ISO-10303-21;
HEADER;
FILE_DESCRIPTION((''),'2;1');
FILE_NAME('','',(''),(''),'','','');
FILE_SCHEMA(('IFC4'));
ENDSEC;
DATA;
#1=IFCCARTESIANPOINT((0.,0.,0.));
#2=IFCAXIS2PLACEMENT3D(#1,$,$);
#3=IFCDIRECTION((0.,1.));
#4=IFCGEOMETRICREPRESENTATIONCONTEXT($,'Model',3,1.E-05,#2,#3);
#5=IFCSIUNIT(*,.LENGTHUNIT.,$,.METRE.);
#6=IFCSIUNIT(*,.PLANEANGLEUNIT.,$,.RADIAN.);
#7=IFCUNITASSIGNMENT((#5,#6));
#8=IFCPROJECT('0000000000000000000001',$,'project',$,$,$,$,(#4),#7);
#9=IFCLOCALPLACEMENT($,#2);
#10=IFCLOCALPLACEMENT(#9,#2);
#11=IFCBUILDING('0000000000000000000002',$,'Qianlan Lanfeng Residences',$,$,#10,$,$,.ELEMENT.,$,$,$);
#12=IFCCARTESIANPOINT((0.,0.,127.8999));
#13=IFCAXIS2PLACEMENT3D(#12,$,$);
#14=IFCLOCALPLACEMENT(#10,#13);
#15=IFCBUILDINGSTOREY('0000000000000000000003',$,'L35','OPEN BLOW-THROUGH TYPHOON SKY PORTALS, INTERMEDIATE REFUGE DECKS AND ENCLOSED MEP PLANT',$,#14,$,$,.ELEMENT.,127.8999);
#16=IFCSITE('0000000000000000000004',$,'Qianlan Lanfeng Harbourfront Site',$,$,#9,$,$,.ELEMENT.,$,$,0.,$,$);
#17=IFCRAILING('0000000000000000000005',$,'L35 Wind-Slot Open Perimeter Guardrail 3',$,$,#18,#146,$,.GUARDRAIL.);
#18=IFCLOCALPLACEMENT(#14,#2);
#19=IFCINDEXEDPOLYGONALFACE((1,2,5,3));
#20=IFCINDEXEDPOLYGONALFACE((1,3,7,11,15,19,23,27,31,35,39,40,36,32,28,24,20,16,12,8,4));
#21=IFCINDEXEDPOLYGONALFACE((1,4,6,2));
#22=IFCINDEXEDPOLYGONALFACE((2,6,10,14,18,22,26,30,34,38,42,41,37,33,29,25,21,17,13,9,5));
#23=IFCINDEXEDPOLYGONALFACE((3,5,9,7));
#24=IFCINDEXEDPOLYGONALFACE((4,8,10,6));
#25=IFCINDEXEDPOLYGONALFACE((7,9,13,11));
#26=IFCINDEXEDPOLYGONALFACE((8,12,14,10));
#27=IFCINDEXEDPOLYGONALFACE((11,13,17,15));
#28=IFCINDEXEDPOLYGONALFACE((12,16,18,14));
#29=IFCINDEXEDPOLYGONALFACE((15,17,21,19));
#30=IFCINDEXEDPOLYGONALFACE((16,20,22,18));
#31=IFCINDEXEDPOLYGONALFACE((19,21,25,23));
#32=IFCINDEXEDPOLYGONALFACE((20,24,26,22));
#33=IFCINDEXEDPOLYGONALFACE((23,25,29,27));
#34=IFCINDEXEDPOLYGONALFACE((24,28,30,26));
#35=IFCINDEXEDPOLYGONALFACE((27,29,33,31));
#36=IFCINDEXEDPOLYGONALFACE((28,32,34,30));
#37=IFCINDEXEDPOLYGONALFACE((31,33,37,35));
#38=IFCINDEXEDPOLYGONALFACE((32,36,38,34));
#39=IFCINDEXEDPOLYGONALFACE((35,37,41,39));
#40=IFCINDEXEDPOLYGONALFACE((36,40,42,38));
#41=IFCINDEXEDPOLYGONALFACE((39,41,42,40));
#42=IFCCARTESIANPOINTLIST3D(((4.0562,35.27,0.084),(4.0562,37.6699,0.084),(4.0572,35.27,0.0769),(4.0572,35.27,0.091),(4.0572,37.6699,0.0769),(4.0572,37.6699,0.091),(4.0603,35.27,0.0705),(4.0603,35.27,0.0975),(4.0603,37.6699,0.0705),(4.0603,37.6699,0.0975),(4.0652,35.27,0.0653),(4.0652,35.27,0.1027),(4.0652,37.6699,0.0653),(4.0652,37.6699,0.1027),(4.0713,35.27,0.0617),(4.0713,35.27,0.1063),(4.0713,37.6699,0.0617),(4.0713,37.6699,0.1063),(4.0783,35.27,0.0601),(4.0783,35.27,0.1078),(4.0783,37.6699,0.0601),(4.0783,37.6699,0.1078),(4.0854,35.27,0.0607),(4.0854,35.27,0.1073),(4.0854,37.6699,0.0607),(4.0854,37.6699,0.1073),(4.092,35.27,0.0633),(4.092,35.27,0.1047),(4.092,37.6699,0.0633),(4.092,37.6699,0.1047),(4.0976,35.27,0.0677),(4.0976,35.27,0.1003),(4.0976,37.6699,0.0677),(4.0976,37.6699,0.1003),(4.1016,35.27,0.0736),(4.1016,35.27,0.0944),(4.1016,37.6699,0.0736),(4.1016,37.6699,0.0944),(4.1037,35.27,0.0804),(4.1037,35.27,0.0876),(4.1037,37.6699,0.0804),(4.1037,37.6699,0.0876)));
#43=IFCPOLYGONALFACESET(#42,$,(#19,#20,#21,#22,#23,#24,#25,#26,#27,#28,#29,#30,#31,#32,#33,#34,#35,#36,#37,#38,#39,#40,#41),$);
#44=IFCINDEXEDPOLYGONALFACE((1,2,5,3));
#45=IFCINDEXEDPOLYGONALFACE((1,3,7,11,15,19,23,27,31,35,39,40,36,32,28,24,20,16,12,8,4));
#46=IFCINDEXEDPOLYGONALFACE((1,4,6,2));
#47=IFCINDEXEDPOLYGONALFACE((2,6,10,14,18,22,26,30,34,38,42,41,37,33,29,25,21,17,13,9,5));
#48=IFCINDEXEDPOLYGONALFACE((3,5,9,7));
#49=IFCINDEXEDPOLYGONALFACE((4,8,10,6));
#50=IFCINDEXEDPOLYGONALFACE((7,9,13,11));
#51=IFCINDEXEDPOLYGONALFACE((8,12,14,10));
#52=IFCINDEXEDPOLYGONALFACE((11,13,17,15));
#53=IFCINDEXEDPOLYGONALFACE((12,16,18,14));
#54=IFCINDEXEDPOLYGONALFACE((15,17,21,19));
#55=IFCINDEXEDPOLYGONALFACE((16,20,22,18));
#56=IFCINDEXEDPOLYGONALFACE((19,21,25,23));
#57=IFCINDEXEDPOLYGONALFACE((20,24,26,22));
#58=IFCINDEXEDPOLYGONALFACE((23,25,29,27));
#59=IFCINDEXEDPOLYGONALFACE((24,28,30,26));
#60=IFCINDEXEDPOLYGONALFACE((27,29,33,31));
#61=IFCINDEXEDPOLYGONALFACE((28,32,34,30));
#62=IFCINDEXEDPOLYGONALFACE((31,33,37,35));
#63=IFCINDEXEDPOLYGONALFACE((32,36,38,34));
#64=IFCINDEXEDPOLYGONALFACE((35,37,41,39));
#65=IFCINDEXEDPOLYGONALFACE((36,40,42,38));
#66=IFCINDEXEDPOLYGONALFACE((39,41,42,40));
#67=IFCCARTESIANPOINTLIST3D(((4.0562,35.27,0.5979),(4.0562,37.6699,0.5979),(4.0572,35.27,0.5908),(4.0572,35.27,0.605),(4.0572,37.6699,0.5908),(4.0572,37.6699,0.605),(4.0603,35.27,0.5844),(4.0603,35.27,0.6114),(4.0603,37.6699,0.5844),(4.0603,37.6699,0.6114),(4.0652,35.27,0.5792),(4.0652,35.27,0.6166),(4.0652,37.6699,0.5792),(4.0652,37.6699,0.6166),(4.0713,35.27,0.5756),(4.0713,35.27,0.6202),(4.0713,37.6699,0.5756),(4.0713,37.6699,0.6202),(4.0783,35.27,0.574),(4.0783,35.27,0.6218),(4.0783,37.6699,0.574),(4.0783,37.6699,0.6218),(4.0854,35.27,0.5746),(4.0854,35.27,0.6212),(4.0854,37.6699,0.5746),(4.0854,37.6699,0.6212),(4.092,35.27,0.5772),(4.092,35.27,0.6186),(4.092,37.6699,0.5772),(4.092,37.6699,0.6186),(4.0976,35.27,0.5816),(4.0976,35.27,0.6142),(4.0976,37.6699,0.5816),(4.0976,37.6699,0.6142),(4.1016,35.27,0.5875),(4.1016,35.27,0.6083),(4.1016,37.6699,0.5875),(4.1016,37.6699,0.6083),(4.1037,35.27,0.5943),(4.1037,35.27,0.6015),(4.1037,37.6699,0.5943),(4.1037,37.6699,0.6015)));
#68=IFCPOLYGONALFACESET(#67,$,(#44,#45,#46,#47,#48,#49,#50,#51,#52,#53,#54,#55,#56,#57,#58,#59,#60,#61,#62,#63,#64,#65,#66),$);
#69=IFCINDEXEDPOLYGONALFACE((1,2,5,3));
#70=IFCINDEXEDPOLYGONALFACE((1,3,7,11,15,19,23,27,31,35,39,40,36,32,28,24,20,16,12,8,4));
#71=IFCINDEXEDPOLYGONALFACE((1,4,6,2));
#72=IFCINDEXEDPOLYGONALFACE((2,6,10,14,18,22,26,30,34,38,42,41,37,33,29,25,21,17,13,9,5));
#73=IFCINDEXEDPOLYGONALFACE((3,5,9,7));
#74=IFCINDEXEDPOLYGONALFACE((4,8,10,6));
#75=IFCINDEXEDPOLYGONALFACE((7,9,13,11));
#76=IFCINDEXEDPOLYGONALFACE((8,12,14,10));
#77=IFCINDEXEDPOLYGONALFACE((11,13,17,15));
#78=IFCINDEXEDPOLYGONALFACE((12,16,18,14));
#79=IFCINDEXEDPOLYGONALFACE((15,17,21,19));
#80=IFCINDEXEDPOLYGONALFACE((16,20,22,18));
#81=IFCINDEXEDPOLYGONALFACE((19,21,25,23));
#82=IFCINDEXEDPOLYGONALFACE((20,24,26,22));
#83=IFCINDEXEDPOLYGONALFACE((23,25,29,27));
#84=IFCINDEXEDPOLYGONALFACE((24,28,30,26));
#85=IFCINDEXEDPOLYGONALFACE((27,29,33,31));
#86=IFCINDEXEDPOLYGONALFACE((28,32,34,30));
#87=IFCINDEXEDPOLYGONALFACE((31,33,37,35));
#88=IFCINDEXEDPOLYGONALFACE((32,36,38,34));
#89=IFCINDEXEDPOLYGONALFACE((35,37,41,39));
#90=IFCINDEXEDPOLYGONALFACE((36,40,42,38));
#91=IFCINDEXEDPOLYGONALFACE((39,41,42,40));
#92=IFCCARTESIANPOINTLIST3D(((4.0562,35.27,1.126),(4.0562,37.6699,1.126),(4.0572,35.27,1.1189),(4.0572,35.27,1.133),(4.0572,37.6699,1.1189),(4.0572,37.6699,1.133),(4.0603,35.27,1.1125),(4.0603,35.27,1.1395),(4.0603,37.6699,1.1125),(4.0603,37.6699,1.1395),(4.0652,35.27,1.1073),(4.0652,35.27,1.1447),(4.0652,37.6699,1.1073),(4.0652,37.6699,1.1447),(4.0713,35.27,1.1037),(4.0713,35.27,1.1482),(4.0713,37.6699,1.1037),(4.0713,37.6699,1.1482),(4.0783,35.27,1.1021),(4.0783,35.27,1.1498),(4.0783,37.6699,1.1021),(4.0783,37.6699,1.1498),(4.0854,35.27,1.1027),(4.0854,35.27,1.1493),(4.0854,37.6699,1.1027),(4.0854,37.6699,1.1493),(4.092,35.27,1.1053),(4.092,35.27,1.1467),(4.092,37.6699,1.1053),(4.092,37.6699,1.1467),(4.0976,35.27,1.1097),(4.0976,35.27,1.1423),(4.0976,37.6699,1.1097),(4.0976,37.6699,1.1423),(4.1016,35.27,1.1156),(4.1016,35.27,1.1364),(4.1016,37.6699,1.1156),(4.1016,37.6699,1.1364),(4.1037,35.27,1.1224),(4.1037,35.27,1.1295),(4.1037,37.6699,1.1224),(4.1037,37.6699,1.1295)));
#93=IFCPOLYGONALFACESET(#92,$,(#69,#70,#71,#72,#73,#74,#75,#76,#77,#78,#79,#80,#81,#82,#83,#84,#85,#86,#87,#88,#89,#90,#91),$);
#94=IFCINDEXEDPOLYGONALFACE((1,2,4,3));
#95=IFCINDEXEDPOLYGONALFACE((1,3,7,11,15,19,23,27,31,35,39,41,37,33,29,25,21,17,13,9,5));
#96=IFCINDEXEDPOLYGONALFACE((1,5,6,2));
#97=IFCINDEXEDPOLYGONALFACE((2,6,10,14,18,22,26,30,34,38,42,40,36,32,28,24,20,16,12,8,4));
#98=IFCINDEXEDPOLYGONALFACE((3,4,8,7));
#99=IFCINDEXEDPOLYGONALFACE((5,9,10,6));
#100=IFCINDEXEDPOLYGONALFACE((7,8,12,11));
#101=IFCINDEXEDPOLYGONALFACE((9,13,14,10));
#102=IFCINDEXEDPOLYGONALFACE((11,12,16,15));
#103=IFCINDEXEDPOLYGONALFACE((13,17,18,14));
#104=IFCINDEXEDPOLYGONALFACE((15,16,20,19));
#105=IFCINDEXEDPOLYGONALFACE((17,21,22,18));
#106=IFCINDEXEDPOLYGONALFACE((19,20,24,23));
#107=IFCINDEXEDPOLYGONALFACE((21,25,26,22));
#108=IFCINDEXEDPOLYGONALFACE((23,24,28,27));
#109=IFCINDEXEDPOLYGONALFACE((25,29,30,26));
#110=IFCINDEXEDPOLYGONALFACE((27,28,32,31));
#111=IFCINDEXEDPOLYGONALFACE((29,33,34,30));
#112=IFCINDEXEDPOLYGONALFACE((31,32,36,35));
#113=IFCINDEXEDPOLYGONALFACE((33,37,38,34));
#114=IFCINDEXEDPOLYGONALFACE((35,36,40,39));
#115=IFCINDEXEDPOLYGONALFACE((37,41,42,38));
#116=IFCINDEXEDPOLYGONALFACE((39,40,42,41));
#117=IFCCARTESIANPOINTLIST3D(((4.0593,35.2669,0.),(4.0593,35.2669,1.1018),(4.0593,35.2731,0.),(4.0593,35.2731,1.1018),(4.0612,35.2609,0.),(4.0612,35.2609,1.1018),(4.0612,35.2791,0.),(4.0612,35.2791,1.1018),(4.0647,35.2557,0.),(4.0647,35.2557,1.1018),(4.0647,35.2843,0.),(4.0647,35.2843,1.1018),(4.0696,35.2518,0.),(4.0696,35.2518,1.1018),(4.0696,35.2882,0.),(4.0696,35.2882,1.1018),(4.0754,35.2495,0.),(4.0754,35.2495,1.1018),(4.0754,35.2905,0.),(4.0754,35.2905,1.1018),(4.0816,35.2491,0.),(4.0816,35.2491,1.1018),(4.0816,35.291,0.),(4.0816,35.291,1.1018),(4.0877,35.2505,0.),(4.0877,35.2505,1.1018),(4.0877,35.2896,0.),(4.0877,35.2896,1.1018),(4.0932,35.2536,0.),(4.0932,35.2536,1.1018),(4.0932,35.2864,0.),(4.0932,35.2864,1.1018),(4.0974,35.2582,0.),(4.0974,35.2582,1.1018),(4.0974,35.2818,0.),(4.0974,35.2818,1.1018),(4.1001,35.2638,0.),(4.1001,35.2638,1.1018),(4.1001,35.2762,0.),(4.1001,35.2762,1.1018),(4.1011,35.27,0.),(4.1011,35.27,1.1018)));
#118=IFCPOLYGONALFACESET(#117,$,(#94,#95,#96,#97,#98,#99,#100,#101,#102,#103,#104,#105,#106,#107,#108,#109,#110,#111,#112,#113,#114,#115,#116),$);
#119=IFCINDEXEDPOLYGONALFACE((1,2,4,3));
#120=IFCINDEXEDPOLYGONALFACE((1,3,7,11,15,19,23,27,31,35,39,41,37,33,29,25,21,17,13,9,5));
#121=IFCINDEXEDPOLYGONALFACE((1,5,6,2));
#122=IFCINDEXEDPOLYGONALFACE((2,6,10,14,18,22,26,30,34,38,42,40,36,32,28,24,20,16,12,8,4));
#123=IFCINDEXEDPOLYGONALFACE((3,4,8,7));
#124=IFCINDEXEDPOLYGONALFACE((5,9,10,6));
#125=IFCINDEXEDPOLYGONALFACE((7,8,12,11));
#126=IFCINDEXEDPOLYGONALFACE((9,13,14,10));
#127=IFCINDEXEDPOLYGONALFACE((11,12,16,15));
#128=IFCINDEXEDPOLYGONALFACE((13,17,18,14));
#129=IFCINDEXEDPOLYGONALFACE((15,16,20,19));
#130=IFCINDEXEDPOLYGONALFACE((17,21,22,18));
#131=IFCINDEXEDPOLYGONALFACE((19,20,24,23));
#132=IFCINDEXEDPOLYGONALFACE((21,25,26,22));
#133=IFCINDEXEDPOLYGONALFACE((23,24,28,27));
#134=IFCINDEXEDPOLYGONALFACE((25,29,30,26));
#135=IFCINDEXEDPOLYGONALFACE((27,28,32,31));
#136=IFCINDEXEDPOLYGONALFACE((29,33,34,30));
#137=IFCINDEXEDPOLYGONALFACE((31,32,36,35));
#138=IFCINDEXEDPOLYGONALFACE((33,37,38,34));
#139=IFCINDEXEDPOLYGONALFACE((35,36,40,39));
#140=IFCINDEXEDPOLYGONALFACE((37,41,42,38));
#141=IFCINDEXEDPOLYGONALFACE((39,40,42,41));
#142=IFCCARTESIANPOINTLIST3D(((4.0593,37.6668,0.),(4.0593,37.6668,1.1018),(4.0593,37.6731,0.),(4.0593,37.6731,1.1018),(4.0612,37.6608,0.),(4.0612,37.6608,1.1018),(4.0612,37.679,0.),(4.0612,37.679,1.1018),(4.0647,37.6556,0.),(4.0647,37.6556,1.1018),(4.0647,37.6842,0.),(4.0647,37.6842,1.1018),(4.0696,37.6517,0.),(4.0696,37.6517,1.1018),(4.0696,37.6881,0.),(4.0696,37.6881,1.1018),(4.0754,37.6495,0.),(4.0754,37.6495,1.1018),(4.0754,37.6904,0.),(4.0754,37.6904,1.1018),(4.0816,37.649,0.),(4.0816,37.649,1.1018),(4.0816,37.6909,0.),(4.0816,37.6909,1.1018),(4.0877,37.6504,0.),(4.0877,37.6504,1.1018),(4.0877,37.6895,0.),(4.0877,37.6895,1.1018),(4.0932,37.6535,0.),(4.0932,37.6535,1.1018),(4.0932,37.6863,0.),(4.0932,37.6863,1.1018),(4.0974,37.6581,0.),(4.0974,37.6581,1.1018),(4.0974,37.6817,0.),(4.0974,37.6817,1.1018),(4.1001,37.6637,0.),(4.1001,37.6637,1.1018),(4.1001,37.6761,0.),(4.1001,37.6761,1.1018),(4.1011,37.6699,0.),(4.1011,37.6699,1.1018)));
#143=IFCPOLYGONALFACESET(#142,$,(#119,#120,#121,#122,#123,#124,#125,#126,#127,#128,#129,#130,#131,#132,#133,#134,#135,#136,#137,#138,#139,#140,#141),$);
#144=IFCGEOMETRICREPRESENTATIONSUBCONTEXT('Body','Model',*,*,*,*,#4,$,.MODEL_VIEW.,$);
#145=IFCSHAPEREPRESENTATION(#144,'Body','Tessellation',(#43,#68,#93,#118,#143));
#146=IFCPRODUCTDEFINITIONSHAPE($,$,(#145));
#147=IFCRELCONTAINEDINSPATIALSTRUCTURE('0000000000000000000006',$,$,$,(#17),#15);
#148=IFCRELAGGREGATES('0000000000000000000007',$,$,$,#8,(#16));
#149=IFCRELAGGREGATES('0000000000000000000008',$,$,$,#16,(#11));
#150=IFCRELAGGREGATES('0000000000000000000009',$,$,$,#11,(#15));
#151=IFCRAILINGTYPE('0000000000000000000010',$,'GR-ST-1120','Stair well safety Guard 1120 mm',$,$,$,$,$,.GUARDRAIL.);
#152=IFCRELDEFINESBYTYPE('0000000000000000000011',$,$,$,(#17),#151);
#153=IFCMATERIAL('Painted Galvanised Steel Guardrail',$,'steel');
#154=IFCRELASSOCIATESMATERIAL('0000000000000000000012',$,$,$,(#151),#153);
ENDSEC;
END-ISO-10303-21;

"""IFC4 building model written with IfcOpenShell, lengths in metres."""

from ifc_helpers import new_model, si_unit, direction, frame, origin, origin_2d, place, context, subcontext, project, spatial, circle, extrude, material, type_object, element, save


model = new_model("IFC4")

# Units and contexts
model_context = context("Model", 3, precision=1e-05, world=origin(), true_north=direction((0.0, 1.0)))
body_context = subcontext(model_context, "Body", "Model", "MODEL_VIEW")
ifc_project = project(units=[si_unit("LENGTHUNIT", "METRE"), si_unit("PLANEANGLEUNIT", "RADIAN")], contexts=[model_context])

# Site, building, storey
site_placement = place(None, origin())
site = spatial("IfcSite", under=ifc_project, at=site_placement, Name="Qianlan Lanfeng Harbourfront Site", CompositionType="ELEMENT", RefElevation=0.0)
building_placement = place(site_placement, origin())
building = spatial("IfcBuilding", under=site, at=building_placement, Name="Qianlan Lanfeng Residences", CompositionType="ELEMENT")
storey_placement = place(building_placement, frame((0.0, 0.0, 127.8999)))
storey = spatial("IfcBuildingStorey", under=building, at=storey_placement, Name="L35", Description="OPEN BLOW-THROUGH TYPHOON SKY PORTALS, INTERMEDIATE REFUGE DECKS AND ENCLOSED MEP PLANT", CompositionType="ELEMENT", Elevation=127.8999)

# Railing
ifc_material_1 = material(Name="Painted Galvanised Steel Guardrail", Category="steel")
railing_type_1 = type_object("IfcRailingType", Name="GR-ST-1120", Description="Stair well safety Guard 1120 mm", PredefinedType="GUARDRAIL", material=ifc_material_1)
railing_1_placement = place(storey_placement, frame((4.0801, 35.27, 0.0)))
element("IfcRailing", 1, at=railing_1_placement, inside=storey, type_object=railing_type_1, Name="L35 Wind-Slot Open Perimeter Guardrail 3", PredefinedType="GUARDRAIL", context=body_context, shape_type="SweptSolid", body=[
    extrude(circle(Radius=0.0239, at=origin_2d()), frame((0.0, 0.0, 0.084), z_axis=(0.0, 1.0, 0.0), x_axis=(-1.0, 0.0, 0.0)), (0.0, 0.0, 1.0), 2.3999),
    extrude(circle(Radius=0.0239, at=origin_2d()), frame((0.0, 0.0, 0.5979), z_axis=(0.0, 1.0, 0.0), x_axis=(-1.0, 0.0, 0.0)), (0.0, 0.0, 1.0), 2.3999),
    extrude(circle(Radius=0.0239, at=origin_2d()), frame((0.0, 0.0, 1.126), z_axis=(0.0, 1.0, 0.0), x_axis=(-1.0, 0.0, 0.0)), (0.0, 0.0, 1.0), 2.3999),
    extrude(circle(Radius=0.021, at=origin_2d()), origin(), (0.0, 0.0, 1.0), 1.1018),
    extrude(circle(Radius=0.021, at=origin_2d()), frame((0.0, 2.3999, 0.0)), (0.0, 0.0, 1.0), 1.1018),
])

save(model, "model.ifc")
